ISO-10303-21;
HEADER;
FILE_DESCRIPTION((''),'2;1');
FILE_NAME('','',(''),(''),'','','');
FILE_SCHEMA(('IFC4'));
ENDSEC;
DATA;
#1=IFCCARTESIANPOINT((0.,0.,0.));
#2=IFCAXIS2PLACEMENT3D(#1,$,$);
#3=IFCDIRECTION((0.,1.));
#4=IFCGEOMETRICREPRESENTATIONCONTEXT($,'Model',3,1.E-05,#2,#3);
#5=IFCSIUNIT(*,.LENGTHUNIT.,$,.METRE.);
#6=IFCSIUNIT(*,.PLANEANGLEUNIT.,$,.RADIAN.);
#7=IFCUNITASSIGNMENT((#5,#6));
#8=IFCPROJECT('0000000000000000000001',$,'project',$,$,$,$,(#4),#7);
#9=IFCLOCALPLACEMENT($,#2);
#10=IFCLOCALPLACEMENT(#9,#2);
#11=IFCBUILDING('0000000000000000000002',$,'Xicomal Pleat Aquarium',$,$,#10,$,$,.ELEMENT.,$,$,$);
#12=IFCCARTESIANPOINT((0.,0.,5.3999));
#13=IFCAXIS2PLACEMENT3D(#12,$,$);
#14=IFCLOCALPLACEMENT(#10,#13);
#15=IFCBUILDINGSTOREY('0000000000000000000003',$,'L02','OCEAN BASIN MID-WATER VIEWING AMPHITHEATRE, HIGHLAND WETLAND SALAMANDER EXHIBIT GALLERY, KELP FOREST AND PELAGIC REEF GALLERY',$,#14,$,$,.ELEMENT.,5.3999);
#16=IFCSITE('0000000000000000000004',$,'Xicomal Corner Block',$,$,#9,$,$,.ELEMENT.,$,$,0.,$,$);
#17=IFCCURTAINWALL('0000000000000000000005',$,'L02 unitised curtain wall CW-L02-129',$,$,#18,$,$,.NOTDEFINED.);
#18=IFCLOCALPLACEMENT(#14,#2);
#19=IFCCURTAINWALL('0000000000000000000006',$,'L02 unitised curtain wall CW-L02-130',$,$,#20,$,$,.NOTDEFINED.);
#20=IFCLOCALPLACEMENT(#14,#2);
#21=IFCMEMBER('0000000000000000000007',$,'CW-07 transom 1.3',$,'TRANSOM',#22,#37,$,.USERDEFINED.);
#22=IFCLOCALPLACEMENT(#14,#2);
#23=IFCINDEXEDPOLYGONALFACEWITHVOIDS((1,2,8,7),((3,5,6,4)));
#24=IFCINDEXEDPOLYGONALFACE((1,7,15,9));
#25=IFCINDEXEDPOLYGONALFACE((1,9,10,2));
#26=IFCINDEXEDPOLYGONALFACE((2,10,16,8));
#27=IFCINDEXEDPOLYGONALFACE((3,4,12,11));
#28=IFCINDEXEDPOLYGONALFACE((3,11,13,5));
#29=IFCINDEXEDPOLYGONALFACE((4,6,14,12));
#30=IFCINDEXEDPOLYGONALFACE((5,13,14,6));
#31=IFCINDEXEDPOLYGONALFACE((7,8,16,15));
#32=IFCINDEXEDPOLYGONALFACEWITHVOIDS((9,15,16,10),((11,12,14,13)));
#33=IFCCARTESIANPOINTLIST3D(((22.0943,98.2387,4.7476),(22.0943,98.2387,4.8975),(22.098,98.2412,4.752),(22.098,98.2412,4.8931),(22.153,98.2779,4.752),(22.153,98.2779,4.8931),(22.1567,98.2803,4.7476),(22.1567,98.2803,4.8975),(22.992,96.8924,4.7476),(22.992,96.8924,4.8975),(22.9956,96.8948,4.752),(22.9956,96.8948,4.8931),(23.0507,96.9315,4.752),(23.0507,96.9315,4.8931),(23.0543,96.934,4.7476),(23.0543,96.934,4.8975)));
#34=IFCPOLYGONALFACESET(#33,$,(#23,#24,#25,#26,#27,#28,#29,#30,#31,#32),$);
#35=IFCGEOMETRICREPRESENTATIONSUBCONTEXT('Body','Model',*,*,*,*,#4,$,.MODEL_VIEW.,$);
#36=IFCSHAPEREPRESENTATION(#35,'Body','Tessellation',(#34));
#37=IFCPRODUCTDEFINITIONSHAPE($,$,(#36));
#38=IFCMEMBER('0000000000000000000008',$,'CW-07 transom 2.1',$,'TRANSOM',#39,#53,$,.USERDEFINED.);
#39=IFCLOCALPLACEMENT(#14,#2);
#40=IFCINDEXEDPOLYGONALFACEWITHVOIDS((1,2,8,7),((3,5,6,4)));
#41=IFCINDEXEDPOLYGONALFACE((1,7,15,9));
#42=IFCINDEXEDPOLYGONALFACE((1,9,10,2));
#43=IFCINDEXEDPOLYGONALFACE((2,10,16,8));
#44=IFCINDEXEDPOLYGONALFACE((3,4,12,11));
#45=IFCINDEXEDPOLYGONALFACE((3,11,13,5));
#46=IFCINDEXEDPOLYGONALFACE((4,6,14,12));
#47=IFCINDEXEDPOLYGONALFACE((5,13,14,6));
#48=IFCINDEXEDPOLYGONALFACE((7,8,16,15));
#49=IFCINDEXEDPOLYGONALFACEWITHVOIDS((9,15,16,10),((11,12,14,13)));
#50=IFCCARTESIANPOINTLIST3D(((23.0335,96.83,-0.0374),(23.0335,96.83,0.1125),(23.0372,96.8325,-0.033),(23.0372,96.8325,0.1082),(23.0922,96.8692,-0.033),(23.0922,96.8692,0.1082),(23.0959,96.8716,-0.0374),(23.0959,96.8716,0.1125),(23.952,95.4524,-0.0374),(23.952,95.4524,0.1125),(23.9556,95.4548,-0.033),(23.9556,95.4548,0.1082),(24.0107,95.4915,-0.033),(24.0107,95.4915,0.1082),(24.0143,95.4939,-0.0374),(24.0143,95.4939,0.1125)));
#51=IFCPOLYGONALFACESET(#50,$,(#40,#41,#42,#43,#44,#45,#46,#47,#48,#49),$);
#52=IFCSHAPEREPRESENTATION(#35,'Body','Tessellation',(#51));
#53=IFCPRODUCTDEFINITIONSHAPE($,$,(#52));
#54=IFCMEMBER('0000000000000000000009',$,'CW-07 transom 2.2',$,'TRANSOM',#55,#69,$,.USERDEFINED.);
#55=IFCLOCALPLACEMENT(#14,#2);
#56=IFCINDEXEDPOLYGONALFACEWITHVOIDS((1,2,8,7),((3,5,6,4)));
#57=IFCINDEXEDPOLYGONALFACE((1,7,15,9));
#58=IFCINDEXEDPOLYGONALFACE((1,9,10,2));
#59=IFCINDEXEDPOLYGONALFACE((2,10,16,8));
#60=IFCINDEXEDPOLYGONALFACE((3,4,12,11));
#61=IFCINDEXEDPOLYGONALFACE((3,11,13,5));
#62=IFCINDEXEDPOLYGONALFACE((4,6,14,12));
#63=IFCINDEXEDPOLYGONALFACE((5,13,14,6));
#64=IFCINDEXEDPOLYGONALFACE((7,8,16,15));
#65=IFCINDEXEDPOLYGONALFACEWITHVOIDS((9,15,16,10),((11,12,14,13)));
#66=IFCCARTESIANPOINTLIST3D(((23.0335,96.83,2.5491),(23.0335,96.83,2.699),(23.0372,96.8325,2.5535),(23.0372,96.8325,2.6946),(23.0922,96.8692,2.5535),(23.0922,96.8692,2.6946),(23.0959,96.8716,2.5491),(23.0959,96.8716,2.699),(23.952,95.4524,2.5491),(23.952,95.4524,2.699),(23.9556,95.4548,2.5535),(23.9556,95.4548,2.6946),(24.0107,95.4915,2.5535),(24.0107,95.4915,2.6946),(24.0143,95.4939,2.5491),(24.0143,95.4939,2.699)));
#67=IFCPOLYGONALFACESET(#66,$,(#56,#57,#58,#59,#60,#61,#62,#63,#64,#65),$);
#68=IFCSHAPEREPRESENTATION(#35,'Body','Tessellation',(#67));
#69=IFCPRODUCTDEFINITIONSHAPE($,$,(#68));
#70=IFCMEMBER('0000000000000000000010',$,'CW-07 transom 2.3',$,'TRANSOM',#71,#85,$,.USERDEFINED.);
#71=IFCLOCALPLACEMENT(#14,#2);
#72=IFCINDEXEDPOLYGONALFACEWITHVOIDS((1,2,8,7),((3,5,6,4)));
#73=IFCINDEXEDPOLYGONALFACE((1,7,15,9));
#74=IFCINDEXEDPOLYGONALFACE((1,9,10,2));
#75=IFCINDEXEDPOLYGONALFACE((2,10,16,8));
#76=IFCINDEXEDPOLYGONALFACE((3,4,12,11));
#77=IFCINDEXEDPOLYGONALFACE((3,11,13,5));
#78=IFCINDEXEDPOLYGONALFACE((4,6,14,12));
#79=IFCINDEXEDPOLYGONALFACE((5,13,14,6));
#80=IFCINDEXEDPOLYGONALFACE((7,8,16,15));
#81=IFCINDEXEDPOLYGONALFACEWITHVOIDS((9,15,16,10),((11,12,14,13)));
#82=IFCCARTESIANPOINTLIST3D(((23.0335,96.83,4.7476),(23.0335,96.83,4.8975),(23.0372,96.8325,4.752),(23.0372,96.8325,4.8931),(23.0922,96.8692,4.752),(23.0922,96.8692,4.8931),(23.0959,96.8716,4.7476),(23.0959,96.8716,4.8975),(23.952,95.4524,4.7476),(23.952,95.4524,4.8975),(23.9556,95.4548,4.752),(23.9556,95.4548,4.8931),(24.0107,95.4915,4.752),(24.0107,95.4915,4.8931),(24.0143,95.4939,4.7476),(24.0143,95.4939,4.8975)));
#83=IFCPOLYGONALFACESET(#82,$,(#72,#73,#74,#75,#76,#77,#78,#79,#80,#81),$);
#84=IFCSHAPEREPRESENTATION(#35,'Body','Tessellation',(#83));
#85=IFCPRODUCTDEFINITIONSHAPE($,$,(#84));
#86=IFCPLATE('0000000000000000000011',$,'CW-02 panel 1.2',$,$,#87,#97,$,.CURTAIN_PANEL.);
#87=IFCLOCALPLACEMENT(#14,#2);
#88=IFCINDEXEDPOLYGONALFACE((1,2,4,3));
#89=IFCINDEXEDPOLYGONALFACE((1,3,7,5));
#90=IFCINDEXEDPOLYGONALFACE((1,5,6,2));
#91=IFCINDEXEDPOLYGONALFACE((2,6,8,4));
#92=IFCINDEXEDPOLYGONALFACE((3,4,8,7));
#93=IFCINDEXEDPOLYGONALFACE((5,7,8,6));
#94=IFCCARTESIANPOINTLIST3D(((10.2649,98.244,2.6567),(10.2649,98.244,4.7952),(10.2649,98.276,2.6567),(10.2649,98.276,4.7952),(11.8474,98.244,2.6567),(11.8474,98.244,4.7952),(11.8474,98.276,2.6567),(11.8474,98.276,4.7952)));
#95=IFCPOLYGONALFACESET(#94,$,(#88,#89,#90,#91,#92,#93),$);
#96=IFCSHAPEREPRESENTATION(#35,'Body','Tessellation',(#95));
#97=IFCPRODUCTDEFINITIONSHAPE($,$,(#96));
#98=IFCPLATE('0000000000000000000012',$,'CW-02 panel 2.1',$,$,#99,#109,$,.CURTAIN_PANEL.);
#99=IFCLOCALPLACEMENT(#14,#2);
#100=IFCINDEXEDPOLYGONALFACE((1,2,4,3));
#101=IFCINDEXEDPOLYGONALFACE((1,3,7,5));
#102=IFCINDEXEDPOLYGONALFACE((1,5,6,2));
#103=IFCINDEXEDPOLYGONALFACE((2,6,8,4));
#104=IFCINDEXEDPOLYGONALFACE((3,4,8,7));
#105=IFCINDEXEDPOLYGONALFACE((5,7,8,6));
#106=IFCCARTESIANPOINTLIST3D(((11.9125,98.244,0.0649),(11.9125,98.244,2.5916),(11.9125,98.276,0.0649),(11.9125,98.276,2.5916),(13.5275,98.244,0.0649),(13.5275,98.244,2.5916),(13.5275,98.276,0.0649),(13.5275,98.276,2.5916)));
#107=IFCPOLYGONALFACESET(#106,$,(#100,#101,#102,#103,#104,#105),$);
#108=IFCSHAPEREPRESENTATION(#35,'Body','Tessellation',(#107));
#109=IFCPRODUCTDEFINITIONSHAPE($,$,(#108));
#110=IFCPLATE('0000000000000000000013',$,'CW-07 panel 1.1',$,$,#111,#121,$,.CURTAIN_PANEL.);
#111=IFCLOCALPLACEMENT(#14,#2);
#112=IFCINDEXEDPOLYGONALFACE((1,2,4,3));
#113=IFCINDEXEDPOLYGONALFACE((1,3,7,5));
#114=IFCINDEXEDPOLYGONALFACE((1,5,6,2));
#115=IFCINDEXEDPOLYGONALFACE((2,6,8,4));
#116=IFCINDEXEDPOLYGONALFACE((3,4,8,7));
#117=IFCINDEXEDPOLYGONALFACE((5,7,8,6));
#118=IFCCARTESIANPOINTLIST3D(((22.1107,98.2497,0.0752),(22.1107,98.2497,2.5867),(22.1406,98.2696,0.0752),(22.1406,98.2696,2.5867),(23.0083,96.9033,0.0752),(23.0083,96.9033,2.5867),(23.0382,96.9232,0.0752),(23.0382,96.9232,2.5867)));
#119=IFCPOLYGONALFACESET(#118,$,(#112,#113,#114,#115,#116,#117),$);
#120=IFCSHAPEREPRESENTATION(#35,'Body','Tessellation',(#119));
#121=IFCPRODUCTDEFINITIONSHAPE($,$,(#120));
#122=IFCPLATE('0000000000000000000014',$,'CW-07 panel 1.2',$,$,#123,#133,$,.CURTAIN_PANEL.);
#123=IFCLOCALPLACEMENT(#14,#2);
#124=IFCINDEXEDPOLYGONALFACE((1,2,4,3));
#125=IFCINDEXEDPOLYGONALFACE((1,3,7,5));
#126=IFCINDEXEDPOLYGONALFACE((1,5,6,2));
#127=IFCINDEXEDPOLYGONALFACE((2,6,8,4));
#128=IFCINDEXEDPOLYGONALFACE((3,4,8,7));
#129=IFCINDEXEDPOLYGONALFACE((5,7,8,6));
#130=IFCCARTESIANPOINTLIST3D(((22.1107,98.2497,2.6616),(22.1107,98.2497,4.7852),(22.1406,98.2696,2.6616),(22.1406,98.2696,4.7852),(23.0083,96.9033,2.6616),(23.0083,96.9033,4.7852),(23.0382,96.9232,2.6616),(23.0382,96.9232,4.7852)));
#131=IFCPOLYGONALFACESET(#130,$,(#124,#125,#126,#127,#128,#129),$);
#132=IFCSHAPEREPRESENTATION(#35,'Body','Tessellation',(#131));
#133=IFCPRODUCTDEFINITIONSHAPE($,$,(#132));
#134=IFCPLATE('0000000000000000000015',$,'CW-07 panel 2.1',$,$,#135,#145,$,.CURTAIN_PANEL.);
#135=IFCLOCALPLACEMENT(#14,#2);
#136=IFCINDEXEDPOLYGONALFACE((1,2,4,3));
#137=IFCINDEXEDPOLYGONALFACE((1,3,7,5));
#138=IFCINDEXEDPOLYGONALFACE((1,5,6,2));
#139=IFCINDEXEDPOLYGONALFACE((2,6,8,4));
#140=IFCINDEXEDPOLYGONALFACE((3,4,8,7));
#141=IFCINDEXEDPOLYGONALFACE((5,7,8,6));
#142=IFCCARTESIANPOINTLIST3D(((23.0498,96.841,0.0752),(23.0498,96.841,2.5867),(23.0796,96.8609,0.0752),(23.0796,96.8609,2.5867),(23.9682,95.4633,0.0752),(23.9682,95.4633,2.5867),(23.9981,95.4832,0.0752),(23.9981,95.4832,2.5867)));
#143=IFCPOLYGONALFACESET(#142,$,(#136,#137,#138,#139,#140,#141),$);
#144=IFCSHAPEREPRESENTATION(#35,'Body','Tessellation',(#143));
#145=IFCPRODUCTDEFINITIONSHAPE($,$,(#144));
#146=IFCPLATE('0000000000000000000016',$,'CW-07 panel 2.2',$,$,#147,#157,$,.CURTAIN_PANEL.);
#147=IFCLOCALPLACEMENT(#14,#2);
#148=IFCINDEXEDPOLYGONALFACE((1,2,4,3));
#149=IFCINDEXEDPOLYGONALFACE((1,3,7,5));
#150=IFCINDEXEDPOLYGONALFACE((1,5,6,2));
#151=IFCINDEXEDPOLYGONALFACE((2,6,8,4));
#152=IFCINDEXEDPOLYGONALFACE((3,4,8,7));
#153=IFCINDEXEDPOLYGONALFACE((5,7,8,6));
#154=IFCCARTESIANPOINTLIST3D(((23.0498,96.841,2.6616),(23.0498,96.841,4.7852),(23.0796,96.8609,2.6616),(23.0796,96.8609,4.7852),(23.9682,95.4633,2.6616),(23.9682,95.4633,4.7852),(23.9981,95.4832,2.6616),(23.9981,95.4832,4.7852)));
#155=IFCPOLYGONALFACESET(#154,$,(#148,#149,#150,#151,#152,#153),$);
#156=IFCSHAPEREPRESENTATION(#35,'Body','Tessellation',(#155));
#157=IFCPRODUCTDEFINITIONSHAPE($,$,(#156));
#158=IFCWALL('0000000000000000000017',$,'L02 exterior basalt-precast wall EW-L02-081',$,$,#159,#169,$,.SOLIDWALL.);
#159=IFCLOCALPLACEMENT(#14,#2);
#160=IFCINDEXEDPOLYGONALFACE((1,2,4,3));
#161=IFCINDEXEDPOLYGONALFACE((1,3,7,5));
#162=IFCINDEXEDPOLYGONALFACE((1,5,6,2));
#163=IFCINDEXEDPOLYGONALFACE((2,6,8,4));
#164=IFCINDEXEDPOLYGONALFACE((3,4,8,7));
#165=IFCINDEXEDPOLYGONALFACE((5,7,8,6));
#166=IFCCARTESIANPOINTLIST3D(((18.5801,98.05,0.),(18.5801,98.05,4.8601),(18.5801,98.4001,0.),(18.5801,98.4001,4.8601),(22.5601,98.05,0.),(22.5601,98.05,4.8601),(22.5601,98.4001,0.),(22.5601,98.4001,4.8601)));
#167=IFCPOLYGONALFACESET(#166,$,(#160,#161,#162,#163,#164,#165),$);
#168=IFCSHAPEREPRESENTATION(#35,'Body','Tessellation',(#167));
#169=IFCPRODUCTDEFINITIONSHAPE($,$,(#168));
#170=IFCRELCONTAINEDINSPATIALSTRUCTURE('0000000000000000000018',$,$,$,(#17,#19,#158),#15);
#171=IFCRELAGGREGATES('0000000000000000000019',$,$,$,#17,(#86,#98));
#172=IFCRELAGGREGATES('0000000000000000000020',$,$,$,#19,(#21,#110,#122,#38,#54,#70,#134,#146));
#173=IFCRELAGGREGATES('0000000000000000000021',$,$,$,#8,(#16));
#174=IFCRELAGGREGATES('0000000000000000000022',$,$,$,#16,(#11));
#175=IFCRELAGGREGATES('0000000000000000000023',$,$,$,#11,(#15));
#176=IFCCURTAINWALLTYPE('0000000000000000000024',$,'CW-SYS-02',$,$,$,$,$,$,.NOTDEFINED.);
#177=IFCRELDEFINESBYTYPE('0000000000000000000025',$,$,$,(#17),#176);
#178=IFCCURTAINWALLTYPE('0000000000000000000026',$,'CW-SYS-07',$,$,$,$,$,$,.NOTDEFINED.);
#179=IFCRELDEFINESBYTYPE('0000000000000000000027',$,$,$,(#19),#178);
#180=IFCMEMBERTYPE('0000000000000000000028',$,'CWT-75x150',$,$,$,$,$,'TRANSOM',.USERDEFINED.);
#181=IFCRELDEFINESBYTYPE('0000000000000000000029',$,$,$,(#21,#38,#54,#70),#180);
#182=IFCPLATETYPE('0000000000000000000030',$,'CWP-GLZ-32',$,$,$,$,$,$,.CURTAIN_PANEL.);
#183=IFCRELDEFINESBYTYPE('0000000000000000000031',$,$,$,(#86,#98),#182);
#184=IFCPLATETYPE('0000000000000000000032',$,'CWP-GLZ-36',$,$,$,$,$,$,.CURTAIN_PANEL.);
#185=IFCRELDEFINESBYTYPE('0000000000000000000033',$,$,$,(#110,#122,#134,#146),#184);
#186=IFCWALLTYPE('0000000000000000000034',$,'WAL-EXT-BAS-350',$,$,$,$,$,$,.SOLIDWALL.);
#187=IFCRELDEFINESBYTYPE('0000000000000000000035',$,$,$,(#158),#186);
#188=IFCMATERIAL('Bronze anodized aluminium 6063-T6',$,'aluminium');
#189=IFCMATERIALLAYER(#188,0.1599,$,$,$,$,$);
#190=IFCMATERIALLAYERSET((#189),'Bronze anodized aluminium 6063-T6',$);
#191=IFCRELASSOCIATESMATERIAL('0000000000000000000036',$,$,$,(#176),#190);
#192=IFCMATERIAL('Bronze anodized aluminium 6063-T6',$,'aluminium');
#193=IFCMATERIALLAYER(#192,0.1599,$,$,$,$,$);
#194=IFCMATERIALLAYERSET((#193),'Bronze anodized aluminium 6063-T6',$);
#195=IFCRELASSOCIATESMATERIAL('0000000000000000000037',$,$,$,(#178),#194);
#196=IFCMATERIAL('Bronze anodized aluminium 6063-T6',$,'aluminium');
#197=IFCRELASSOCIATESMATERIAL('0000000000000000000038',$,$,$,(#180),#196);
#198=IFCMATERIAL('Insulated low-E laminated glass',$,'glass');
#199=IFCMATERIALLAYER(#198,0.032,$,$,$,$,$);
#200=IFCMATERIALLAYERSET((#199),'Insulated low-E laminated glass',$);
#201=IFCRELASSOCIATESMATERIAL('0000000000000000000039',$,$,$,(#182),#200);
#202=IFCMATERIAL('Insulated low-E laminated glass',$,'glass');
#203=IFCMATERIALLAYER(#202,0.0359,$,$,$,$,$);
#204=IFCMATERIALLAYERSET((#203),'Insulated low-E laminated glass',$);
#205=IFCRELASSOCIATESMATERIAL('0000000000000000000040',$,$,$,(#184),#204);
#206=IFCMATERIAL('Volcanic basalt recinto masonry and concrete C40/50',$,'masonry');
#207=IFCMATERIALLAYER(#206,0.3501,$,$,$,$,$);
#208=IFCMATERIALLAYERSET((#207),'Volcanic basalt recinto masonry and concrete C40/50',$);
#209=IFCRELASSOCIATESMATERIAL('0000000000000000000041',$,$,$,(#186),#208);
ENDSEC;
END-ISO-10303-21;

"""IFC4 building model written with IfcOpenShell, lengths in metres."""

from ifc_helpers import new_model, si_unit, direction, frame, frame_2d, origin, origin_2d, place, context, subcontext, project, spatial, rectangle, hollow_rectangle, extrude, material, layer, layer_set, material_profile, profile_set, type_object, element, aggregate, save


model = new_model("IFC4")

# Units and contexts
model_context = context("Model", 3, precision=1e-05, world=origin(), true_north=direction((0.0, 1.0)))
body_context = subcontext(model_context, "Body", "Model", "MODEL_VIEW")
ifc_project = project(units=[si_unit("LENGTHUNIT", "METRE"), si_unit("PLANEANGLEUNIT", "RADIAN")], contexts=[model_context])

# Site, building, storey
site_placement = place(None, origin())
site = spatial("IfcSite", under=ifc_project, at=site_placement, Name="Xicomal Corner Block", CompositionType="ELEMENT", RefElevation=0.0)
building_placement = place(site_placement, origin())
building = spatial("IfcBuilding", under=site, at=building_placement, Name="Xicomal Pleat Aquarium", CompositionType="ELEMENT")
storey_placement = place(building_placement, frame((0.0, 0.0, 5.3999)))
storey = spatial("IfcBuildingStorey", under=building, at=storey_placement, Name="L02", Description="OCEAN BASIN MID-WATER VIEWING AMPHITHEATRE, HIGHLAND WETLAND SALAMANDER EXHIBIT GALLERY, KELP FOREST AND PELAGIC REEF GALLERY", CompositionType="ELEMENT", Elevation=5.3999)

# Curtain wall
ifc_material_1 = material(Name="Bronze anodized aluminium 6063-T6", Category="aluminium")
ifc_layer_1 = layer(ifc_material_1, 0.1599)
ifc_layer_set_1 = layer_set([ifc_layer_1], Name="Bronze anodized aluminium 6063-T6")
curtain_wall_type_1 = type_object("IfcCurtainWallType", Name="CW-SYS-02", PredefinedType="NOTDEFINED", material=ifc_layer_set_1)
curtain_wall_1_placement = place(storey_placement, origin())
curtain_wall_1 = element("IfcCurtainWall", 1, at=curtain_wall_1_placement, inside=storey, type_object=curtain_wall_type_1, Name="L02 unitised curtain wall CW-L02-129", PredefinedType="NOTDEFINED")

# Curtain wall
ifc_material_2 = material(Name="Bronze anodized aluminium 6063-T6", Category="aluminium")
ifc_layer_2 = layer(ifc_material_2, 0.1599)
ifc_layer_set_2 = layer_set([ifc_layer_2], Name="Bronze anodized aluminium 6063-T6")
curtain_wall_type_2 = type_object("IfcCurtainWallType", Name="CW-SYS-07", PredefinedType="NOTDEFINED", material=ifc_layer_set_2)
curtain_wall_2_placement = place(storey_placement, origin())
curtain_wall_2 = element("IfcCurtainWall", 2, at=curtain_wall_2_placement, inside=storey, type_object=curtain_wall_type_2, Name="L02 unitised curtain wall CW-L02-130", PredefinedType="NOTDEFINED")

# Members
ifc_material_3 = material(Name="Bronze anodized aluminium 6063-T6", Category="aluminium")
ifc_material_profile_1 = material_profile(ifc_material_3, hollow_rectangle(XDim=0.075, YDim=0.1499, WallThickness=0.0044, at=origin_2d()), Name="ALU TRAN 75x150")
ifc_profile_set_1 = profile_set([ifc_material_profile_1], Name="Bronze anodized aluminium 6063-T6")
member_type_1 = type_object("IfcMemberType", Name="CWT-75x150", ElementType="TRANSOM", PredefinedType="USERDEFINED", material=ifc_profile_set_1)
member_1_placement = place(storey_placement, frame((22.1255, 98.2595, 4.8225), z_axis=(0.554735, -0.832027, 0.0), x_axis=(0.832027, 0.554735, 0.0)))
member_1 = element("IfcMember", 3, at=member_1_placement, type_object=member_type_1, Name="CW-07 transom 1.3", ObjectType="TRANSOM", PredefinedType="USERDEFINED", context=body_context, shape_type="SweptSolid", body=[
    extrude(hollow_rectangle(XDim=0.075, YDim=0.1499, WallThickness=0.0044, at=origin_2d()), origin(), (0.0, 0.0, 1.0), 1.6182),
])
member_2_placement = place(storey_placement, frame((23.0647, 96.8508, 0.0376), z_axis=(0.5547, -0.83205, 0.0), x_axis=(0.83205, 0.5547, 0.0)))
member_2 = element("IfcMember", 4, at=member_2_placement, type_object=member_type_1, Name="CW-07 transom 2.1", ObjectType="TRANSOM", PredefinedType="USERDEFINED", context=body_context, shape_type="SweptSolid", body=[
    extrude(hollow_rectangle(XDim=0.075, YDim=0.1499, WallThickness=0.0044, at=origin_2d()), origin(), (0.0, 0.0, 1.0), 1.6558),
])
member_3_placement = place(storey_placement, frame((23.0647, 96.8508, 2.624), z_axis=(0.5547, -0.83205, 0.0), x_axis=(0.83205, 0.5547, 0.0)))
member_3 = element("IfcMember", 5, at=member_3_placement, type_object=member_type_1, Name="CW-07 transom 2.2", ObjectType="TRANSOM", PredefinedType="USERDEFINED", context=body_context, shape_type="SweptSolid", body=[
    extrude(hollow_rectangle(XDim=0.075, YDim=0.1499, WallThickness=0.0044, at=origin_2d()), origin(), (0.0, 0.0, 1.0), 1.6558),
])
member_4_placement = place(storey_placement, frame((23.0647, 96.8508, 4.8225), z_axis=(0.5547, -0.83205, 0.0), x_axis=(0.83205, 0.5547, 0.0)))
member_4 = element("IfcMember", 6, at=member_4_placement, type_object=member_type_1, Name="CW-07 transom 2.3", ObjectType="TRANSOM", PredefinedType="USERDEFINED", context=body_context, shape_type="SweptSolid", body=[
    extrude(hollow_rectangle(XDim=0.075, YDim=0.1499, WallThickness=0.0044, at=origin_2d()), origin(), (0.0, 0.0, 1.0), 1.6558),
])

# Plates
ifc_material_4 = material(Name="Insulated low-E laminated glass", Category="glass")
ifc_layer_3 = layer(ifc_material_4, 0.032)
ifc_layer_set_3 = layer_set([ifc_layer_3], Name="Insulated low-E laminated glass")
plate_type_1 = type_object("IfcPlateType", Name="CWP-GLZ-32", PredefinedType="CURTAIN_PANEL", material=ifc_layer_set_3)
plate_1_placement = place(storey_placement, frame((11.0562, 98.26, 2.6567), z_axis=(0.0, 0.0, 1.0), x_axis=(1.0, 0.0, 0.0)))
plate_1 = element("IfcPlate", 7, at=plate_1_placement, type_object=plate_type_1, Name="CW-02 panel 1.2", PredefinedType="CURTAIN_PANEL", context=body_context, shape_type="SweptSolid", body=[
    extrude(rectangle(XDim=1.5825, YDim=0.032, at=origin_2d()), origin(), (0.0, 0.0, 1.0), 2.1384),
])
plate_2_placement = place(storey_placement, frame((12.72, 98.26, 0.0649), z_axis=(0.0, 0.0, 1.0), x_axis=(1.0, 0.0, 0.0)))
plate_2 = element("IfcPlate", 8, at=plate_2_placement, type_object=plate_type_1, Name="CW-02 panel 2.1", PredefinedType="CURTAIN_PANEL", context=body_context, shape_type="SweptSolid", body=[
    extrude(rectangle(XDim=1.615, YDim=0.032, at=origin_2d()), origin(), (0.0, 0.0, 1.0), 2.5266),
])
aggregate(curtain_wall_1, [plate_1, plate_2])
ifc_material_5 = material(Name="Insulated low-E laminated glass", Category="glass")
ifc_layer_4 = layer(ifc_material_5, 0.0359)
ifc_layer_set_4 = layer_set([ifc_layer_4], Name="Insulated low-E laminated glass")
plate_type_2 = type_object("IfcPlateType", Name="CWP-GLZ-36", PredefinedType="CURTAIN_PANEL", material=ifc_layer_set_4)
plate_3_placement = place(storey_placement, frame((22.5745, 97.5864, 0.0752), z_axis=(0.0, 0.0, 1.0), x_axis=(0.5547, -0.83205, 0.0)))
plate_3 = element("IfcPlate", 9, at=plate_3_placement, type_object=plate_type_2, Name="CW-07 panel 1.1", PredefinedType="CURTAIN_PANEL", context=body_context, shape_type="SweptSolid", body=[
    extrude(rectangle(XDim=1.6182, YDim=0.0359, at=origin_2d()), origin(), (0.0, 0.0, 1.0), 2.5115),
])
plate_4_placement = place(storey_placement, frame((22.5745, 97.5864, 2.6616), z_axis=(0.0, 0.0, 1.0), x_axis=(0.5547, -0.83205, 0.0)))
plate_4 = element("IfcPlate", 10, at=plate_4_placement, type_object=plate_type_2, Name="CW-07 panel 1.2", PredefinedType="CURTAIN_PANEL", context=body_context, shape_type="SweptSolid", body=[
    extrude(rectangle(XDim=1.6182, YDim=0.0359, at=origin_2d()), origin(), (0.0, 0.0, 1.0), 2.1235),
])
plate_5_placement = place(storey_placement, frame((23.5239, 96.1621, 0.0752), z_axis=(0.0, 0.0, 1.0), x_axis=(0.5547, -0.83205, 0.0)))
plate_5 = element("IfcPlate", 11, at=plate_5_placement, type_object=plate_type_2, Name="CW-07 panel 2.1", PredefinedType="CURTAIN_PANEL", context=body_context, shape_type="SweptSolid", body=[
    extrude(rectangle(XDim=1.6558, YDim=0.0359, at=origin_2d()), origin(), (0.0, 0.0, 1.0), 2.5115),
])
plate_6_placement = place(storey_placement, frame((23.5239, 96.1621, 2.6616), z_axis=(0.0, 0.0, 1.0), x_axis=(0.5547, -0.83205, 0.0)))
plate_6 = element("IfcPlate", 12, at=plate_6_placement, type_object=plate_type_2, Name="CW-07 panel 2.2", PredefinedType="CURTAIN_PANEL", context=body_context, shape_type="SweptSolid", body=[
    extrude(rectangle(XDim=1.6558, YDim=0.0359, at=origin_2d()), origin(), (0.0, 0.0, 1.0), 2.1235),
])
aggregate(curtain_wall_2, [member_1, plate_3, plate_4, member_2, member_3, member_4, plate_5, plate_6])

# Wall
ifc_material_6 = material(Name="Volcanic basalt recinto masonry and concrete C40/50", Category="masonry")
ifc_layer_5 = layer(ifc_material_6, 0.3501)
ifc_layer_set_5 = layer_set([ifc_layer_5], Name="Volcanic basalt recinto masonry and concrete C40/50")
wall_type = type_object("IfcWallType", Name="WAL-EXT-BAS-350", PredefinedType="SOLIDWALL", material=ifc_layer_set_5)
wall_placement = place(storey_placement, frame((18.5801, 98.2251, 0.0), z_axis=(0.0, 0.0, 1.0), x_axis=(1.0, 0.0, 0.0)))
element("IfcWall", 13, at=wall_placement, inside=storey, type_object=wall_type, Name="L02 exterior basalt-precast wall EW-L02-081", PredefinedType="SOLIDWALL", context=body_context, shape_type="SweptSolid", body=[
    extrude(rectangle(XDim=3.98, YDim=0.3501, at=frame_2d((1.99, 0.0))), origin(), (0.0, 0.0, 1.0), 4.8601),
])

save(model, "model.ifc")
